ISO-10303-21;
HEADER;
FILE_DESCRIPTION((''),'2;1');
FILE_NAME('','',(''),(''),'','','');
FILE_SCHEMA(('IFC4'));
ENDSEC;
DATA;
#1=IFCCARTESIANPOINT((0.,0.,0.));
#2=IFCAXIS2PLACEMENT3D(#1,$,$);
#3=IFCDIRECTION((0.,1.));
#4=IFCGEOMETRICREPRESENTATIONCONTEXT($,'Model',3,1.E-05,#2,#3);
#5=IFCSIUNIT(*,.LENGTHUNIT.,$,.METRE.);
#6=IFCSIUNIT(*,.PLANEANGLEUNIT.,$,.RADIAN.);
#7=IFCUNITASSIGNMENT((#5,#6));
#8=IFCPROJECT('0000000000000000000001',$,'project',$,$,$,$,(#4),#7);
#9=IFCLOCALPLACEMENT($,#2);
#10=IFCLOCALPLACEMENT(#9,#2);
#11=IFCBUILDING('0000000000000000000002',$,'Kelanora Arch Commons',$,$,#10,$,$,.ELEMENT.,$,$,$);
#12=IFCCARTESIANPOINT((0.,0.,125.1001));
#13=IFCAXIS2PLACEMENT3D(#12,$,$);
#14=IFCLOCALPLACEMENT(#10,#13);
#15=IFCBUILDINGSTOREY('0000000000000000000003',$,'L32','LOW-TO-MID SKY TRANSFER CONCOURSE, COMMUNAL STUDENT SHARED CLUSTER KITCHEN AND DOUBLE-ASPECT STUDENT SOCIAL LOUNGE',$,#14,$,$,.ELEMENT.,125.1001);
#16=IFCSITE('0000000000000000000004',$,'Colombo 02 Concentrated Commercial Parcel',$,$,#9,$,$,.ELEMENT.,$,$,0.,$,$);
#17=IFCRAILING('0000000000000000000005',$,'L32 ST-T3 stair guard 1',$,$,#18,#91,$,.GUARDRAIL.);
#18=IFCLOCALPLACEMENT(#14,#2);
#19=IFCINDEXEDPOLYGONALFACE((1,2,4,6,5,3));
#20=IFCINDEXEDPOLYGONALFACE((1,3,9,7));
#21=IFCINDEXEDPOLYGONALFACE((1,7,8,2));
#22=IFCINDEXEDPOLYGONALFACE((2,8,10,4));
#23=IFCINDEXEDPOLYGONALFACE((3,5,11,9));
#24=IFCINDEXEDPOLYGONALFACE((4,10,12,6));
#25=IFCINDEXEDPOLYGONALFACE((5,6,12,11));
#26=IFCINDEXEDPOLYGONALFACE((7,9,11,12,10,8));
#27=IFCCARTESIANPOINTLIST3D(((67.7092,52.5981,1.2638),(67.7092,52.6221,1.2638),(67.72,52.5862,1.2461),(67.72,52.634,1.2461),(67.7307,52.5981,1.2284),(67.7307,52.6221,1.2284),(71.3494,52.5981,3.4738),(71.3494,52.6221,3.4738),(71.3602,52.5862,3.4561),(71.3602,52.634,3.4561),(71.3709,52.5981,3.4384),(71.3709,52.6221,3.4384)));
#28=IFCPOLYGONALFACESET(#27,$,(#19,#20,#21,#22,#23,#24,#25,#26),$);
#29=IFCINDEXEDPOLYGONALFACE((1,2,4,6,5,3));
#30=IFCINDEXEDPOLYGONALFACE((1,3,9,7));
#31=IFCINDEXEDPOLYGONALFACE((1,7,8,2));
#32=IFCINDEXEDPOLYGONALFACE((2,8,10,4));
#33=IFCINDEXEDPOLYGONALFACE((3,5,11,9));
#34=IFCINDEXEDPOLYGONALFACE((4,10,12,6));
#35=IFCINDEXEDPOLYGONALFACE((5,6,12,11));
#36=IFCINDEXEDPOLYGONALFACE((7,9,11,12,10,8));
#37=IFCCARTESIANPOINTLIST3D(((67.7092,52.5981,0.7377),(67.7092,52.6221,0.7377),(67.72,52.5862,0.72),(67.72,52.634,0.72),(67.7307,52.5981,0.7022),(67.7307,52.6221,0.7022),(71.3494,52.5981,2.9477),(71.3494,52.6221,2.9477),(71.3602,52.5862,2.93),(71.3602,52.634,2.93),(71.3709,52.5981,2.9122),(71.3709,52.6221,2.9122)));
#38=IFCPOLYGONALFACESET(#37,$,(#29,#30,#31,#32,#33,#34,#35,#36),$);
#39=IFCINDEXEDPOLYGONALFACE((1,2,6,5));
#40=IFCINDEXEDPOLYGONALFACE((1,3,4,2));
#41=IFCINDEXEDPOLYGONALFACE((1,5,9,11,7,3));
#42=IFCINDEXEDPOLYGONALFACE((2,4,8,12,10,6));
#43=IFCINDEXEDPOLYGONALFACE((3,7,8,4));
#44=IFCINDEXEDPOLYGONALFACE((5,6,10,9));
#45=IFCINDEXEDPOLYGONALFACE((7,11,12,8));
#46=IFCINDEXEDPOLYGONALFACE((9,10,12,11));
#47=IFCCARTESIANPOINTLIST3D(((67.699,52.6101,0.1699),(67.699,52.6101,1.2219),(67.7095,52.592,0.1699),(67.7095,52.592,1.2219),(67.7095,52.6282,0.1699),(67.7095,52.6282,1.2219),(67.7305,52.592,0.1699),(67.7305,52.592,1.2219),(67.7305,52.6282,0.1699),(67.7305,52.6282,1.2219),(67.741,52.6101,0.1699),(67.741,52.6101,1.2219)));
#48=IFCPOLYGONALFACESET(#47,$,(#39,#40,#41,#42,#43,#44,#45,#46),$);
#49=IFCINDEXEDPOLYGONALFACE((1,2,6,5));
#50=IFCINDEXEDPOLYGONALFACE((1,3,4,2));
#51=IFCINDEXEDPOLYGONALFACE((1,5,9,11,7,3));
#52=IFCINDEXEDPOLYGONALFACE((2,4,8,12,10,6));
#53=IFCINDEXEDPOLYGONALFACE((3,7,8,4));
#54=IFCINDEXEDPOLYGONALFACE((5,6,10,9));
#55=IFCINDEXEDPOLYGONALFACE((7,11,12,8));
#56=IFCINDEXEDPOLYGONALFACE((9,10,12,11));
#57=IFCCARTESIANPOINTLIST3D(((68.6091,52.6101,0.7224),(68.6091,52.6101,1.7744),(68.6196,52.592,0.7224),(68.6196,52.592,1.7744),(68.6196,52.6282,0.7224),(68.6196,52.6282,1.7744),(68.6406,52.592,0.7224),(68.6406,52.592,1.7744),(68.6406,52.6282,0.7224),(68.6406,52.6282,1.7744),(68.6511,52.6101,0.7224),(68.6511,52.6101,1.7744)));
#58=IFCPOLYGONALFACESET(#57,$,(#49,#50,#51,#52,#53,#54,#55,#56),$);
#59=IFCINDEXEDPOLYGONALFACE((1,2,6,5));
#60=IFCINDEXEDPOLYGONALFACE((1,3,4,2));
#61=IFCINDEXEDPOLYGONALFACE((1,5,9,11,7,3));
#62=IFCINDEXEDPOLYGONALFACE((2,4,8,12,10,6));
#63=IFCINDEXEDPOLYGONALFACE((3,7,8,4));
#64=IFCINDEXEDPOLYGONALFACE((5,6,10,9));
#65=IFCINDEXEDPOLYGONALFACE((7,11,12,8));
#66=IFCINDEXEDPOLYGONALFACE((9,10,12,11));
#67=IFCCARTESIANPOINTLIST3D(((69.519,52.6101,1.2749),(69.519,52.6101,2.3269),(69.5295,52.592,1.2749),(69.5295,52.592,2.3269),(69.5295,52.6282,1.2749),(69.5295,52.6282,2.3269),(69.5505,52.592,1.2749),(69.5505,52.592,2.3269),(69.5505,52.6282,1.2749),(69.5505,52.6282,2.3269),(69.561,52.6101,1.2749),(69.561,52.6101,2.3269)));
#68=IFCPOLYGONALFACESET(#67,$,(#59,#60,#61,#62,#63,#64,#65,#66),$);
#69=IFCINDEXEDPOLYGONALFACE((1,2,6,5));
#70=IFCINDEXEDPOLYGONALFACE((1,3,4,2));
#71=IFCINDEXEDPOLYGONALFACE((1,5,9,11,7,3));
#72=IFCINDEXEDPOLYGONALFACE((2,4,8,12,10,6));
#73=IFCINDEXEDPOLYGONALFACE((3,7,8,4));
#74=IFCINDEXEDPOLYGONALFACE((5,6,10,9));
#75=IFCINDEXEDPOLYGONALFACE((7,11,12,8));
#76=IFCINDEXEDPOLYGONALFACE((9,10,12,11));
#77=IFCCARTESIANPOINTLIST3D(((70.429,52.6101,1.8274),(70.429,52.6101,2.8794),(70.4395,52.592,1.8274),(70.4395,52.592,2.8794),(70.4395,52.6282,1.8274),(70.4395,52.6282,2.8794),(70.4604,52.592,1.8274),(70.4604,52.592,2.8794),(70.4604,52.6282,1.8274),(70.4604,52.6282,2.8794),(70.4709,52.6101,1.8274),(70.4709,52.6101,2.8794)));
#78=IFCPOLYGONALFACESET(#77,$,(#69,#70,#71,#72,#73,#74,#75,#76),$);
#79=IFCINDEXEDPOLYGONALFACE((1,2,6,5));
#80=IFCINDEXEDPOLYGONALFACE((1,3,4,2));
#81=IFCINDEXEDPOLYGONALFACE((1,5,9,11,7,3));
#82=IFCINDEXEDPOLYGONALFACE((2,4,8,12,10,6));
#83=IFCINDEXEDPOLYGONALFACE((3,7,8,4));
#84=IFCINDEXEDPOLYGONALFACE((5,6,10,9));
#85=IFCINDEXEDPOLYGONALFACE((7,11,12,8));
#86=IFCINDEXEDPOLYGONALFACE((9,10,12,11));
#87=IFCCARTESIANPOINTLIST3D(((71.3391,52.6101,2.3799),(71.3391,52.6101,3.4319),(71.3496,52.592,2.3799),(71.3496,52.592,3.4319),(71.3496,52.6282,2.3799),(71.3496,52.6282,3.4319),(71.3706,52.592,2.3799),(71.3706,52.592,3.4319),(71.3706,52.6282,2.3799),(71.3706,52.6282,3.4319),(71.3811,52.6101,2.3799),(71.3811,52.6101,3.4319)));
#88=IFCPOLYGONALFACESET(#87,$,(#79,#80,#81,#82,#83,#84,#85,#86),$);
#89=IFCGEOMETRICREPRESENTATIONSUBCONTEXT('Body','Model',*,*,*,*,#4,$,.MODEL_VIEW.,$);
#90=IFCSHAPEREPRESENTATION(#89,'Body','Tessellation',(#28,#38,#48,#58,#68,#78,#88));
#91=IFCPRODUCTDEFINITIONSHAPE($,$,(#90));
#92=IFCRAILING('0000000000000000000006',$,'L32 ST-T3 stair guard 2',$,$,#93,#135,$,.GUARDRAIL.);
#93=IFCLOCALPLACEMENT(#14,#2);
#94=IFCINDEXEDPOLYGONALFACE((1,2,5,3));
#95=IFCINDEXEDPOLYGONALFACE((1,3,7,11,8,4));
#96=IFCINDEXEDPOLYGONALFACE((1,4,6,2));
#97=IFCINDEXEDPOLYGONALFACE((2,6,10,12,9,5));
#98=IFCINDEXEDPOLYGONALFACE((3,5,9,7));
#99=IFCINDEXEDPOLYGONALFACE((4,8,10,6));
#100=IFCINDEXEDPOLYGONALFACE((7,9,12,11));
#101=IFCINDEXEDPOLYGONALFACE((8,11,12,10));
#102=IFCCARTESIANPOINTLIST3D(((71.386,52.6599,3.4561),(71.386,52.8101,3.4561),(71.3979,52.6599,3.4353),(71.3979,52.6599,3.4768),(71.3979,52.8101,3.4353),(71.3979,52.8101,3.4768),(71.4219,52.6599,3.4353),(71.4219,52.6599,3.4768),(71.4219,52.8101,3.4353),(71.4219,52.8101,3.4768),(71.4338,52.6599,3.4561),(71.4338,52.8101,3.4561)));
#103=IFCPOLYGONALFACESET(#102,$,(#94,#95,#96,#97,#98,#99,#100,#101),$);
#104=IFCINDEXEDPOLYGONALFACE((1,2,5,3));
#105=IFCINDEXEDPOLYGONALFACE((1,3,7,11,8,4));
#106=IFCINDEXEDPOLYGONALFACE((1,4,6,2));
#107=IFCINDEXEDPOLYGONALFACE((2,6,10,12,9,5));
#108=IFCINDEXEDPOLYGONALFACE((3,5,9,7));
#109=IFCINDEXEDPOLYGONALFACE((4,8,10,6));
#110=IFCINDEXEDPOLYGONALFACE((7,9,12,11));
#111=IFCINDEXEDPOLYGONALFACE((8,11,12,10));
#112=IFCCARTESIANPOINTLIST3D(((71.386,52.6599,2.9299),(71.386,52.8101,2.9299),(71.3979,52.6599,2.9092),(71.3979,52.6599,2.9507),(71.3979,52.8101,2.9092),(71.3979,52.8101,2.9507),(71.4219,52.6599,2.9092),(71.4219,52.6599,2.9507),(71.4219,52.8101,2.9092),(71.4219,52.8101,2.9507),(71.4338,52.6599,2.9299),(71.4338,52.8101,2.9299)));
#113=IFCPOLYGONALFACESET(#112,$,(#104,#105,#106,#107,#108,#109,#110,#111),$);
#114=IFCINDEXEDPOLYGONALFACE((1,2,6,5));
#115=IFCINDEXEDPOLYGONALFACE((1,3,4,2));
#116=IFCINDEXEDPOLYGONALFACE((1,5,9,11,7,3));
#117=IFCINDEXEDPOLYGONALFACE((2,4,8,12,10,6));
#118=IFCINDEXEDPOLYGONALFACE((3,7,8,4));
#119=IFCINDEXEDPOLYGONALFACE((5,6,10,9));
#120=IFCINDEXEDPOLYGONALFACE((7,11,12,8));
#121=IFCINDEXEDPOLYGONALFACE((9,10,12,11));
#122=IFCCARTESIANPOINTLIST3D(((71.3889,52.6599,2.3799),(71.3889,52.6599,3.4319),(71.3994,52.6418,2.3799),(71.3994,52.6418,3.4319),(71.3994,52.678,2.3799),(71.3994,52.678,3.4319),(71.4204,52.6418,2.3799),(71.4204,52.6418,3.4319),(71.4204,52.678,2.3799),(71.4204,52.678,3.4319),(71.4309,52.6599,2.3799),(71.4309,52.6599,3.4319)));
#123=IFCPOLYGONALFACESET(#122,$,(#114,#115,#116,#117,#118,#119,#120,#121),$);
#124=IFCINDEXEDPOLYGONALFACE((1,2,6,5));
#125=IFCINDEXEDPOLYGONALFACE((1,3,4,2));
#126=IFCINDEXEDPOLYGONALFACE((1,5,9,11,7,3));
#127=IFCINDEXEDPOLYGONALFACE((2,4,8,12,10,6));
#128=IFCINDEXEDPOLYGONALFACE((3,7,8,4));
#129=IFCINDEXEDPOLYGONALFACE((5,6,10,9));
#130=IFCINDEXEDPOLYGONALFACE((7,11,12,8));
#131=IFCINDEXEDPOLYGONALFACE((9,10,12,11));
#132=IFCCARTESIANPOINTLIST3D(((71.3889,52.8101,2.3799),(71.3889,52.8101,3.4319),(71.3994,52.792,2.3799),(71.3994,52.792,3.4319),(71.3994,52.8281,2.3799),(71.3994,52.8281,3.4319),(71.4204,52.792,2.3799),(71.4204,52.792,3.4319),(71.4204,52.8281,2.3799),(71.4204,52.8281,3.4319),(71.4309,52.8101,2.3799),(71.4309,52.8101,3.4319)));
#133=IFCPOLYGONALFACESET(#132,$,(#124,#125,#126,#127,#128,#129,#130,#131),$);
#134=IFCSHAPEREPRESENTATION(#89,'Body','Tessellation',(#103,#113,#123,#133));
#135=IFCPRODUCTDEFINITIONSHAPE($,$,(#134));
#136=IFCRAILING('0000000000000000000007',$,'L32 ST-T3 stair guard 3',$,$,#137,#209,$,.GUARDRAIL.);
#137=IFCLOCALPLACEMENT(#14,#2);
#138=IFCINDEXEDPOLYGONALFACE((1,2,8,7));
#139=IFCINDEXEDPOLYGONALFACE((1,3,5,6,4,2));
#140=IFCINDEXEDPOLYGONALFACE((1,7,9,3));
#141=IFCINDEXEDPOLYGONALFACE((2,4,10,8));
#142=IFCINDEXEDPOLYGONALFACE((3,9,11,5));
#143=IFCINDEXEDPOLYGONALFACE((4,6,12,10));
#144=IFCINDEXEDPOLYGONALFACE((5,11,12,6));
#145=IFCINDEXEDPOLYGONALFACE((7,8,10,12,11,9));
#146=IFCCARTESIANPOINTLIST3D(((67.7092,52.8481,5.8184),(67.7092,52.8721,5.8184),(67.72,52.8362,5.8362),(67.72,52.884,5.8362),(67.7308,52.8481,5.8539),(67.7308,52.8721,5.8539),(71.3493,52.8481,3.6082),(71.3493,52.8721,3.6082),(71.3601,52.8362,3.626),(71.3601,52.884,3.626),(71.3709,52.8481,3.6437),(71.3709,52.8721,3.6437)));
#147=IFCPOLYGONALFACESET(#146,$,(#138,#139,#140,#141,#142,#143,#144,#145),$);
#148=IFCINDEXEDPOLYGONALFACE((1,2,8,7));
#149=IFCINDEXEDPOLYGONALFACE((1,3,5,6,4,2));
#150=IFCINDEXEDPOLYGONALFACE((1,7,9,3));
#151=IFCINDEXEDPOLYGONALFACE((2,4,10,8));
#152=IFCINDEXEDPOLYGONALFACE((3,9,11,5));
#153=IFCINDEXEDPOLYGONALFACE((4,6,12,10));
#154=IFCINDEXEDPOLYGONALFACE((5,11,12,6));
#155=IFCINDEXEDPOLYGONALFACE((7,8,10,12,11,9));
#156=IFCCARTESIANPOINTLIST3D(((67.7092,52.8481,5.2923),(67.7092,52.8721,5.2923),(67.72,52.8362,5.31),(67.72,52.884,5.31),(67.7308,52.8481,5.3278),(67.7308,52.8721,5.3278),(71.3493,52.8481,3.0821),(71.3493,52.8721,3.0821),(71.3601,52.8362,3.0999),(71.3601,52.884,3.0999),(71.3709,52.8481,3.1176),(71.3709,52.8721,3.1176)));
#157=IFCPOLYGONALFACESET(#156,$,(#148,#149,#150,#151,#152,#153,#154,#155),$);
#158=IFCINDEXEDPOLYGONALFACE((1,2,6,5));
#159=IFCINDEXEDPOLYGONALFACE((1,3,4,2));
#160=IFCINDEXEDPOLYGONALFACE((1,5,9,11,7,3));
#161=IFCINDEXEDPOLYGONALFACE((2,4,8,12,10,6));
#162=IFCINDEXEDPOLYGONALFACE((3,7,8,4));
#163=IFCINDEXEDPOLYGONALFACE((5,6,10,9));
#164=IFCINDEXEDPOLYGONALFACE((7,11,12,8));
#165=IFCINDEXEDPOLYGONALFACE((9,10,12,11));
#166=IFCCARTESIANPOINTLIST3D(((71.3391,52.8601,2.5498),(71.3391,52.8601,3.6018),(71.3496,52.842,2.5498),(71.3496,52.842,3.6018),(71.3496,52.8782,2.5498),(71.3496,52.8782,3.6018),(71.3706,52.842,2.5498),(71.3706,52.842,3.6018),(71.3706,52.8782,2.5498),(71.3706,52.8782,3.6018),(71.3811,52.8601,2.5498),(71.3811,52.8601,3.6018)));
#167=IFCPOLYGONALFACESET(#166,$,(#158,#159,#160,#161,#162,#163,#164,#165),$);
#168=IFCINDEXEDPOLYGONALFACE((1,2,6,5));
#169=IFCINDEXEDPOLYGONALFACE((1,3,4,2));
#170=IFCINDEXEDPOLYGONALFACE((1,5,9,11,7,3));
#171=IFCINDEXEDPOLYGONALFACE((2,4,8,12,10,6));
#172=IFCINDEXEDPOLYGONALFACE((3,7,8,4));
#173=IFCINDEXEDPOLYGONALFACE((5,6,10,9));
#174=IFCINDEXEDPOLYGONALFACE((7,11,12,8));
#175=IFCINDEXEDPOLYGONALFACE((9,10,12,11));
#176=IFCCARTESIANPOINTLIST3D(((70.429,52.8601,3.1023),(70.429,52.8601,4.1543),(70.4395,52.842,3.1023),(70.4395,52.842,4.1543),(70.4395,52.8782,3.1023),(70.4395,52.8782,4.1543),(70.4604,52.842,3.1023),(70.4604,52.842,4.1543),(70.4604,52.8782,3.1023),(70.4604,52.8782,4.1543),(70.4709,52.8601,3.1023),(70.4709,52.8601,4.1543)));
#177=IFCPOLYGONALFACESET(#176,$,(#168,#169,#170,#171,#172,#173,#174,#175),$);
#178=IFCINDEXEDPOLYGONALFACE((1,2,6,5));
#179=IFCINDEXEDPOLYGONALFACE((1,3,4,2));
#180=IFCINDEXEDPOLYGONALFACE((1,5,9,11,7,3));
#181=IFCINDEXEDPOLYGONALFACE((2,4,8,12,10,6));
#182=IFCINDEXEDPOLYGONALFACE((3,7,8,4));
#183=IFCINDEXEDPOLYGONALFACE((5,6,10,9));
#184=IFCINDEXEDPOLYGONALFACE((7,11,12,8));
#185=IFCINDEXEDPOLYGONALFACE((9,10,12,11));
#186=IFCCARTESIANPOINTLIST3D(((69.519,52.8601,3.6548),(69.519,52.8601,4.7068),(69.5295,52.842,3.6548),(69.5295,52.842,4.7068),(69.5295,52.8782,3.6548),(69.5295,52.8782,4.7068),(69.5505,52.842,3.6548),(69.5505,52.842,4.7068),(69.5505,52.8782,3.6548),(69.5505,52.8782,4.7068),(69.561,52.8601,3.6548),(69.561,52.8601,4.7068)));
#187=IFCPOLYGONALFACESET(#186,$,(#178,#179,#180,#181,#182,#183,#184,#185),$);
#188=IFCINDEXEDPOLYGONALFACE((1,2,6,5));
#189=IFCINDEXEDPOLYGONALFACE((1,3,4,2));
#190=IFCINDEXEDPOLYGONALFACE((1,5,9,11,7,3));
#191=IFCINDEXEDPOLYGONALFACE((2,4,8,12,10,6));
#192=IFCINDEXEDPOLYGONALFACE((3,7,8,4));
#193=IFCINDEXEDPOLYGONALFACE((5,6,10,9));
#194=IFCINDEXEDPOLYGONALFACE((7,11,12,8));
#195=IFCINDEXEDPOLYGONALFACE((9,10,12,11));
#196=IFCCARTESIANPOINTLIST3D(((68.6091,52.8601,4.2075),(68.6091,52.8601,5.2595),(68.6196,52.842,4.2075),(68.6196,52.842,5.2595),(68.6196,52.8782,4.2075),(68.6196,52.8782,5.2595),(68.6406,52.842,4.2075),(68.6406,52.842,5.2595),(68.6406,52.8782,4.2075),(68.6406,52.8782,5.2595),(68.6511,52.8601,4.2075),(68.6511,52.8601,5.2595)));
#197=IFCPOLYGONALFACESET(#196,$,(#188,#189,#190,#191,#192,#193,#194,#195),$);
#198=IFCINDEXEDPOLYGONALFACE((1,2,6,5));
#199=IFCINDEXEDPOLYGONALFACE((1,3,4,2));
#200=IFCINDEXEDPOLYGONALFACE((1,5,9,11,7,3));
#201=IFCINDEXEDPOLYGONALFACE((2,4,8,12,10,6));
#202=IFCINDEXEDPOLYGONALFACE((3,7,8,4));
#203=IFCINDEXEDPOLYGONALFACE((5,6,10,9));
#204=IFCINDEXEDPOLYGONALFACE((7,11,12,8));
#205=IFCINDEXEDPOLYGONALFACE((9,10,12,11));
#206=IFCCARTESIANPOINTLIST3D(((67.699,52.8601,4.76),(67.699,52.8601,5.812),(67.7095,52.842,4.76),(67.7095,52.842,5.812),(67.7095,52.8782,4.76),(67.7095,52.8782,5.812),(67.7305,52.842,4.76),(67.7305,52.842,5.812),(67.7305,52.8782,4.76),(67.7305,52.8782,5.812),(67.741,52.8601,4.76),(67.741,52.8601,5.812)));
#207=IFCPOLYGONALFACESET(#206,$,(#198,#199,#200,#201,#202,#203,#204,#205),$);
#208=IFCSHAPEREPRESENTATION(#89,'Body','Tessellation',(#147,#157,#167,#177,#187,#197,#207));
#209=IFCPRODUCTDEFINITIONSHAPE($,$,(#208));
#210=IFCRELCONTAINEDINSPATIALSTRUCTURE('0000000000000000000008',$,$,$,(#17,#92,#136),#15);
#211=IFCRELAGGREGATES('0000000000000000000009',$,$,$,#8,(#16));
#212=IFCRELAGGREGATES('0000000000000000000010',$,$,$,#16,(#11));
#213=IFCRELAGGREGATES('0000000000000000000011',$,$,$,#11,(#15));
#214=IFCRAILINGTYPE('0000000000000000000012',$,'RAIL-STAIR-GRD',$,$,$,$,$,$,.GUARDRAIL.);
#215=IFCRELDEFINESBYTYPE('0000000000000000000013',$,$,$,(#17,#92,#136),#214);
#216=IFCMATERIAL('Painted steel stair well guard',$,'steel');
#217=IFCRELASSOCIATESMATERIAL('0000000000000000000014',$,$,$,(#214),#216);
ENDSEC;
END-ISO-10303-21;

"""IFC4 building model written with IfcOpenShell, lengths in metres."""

from ifc_helpers import new_model, si_unit, direction, frame, origin, place, context, subcontext, project, spatial, polyline, outline, extrude, material, type_object, element, save


model = new_model("IFC4")

# Units and contexts
model_context = context("Model", 3, precision=1e-05, world=origin(), true_north=direction((0.0, 1.0)))
body_context = subcontext(model_context, "Body", "Model", "MODEL_VIEW")
ifc_project = project(units=[si_unit("LENGTHUNIT", "METRE"), si_unit("PLANEANGLEUNIT", "RADIAN")], contexts=[model_context])

# Site, building, storey
site_placement = place(None, origin())
site = spatial("IfcSite", under=ifc_project, at=site_placement, Name="Colombo 02 Concentrated Commercial Parcel", CompositionType="ELEMENT", RefElevation=0.0)
building_placement = place(site_placement, origin())
building = spatial("IfcBuilding", under=site, at=building_placement, Name="Kelanora Arch Commons", CompositionType="ELEMENT")
storey_placement = place(building_placement, frame((0.0, 0.0, 125.1001)))
storey = spatial("IfcBuildingStorey", under=building, at=storey_placement, Name="L32", Description="LOW-TO-MID SKY TRANSFER CONCOURSE, COMMUNAL STUDENT SHARED CLUSTER KITCHEN AND DOUBLE-ASPECT STUDENT SOCIAL LOUNGE", CompositionType="ELEMENT", Elevation=125.1001)

# Railings
ifc_material_1 = material(Name="Painted steel stair well guard", Category="steel")
railing_type_1 = type_object("IfcRailingType", Name="RAIL-STAIR-GRD", PredefinedType="GUARDRAIL", material=ifc_material_1)
railing_1_placement = place(storey_placement, frame((67.72, 52.6101, 0.1699)))
element("IfcRailing", 1, at=railing_1_placement, inside=storey, type_object=railing_type_1, Name="L32 ST-T3 stair guard 1", PredefinedType="GUARDRAIL", context=body_context, shape_type="SweptSolid", body=[
    extrude(outline(polyline([(0.0239, 0.0), (0.012, 0.0208), (-0.012, 0.0208), (-0.0239, 0.0), (-0.012, -0.0208), (0.012, -0.0208), (0.0239, 0.0)])), frame((0.0, 0.0, 1.0762), z_axis=(0.8548, 0.0, 0.518957), x_axis=(0.0, 1.0, 0.0)), (0.0, 0.0, 1.0), 4.2585),
    extrude(outline(polyline([(0.0239, 0.0), (0.012, 0.0208), (-0.012, 0.0208), (-0.0239, 0.0), (-0.012, -0.0208), (0.012, -0.0208), (0.0239, 0.0)])), frame((0.0, 0.0, 0.55), z_axis=(0.8548, 0.0, 0.518957), x_axis=(0.0, 1.0, 0.0)), (0.0, 0.0, 1.0), 4.2585),
    extrude(outline(polyline([(0.021, 0.0), (0.0105, 0.0181), (-0.0105, 0.0181), (-0.021, 0.0), (-0.0105, -0.0181), (0.0105, -0.0181), (0.021, 0.0)])), origin(), (0.0, 0.0, 1.0), 1.052),
    extrude(outline(polyline([(0.021, 0.0), (0.0105, 0.0181), (-0.0105, 0.0181), (-0.021, 0.0), (-0.0105, -0.0181), (0.0105, -0.0181), (0.021, 0.0)])), frame((0.9102, 0.0, 0.5525)), (0.0, 0.0, 1.0), 1.052),
    extrude(outline(polyline([(0.021, 0.0), (0.0105, 0.0181), (-0.0105, 0.0181), (-0.021, 0.0), (-0.0105, -0.0181), (0.0105, -0.0181), (0.021, 0.0)])), frame((1.8201, 0.0, 1.105)), (0.0, 0.0, 1.0), 1.052),
    extrude(outline(polyline([(0.021, 0.0), (0.0105, 0.0181), (-0.0105, 0.0181), (-0.021, 0.0), (-0.0105, -0.0181), (0.0105, -0.0181), (0.021, 0.0)])), frame((2.73, 0.0, 1.6575)), (0.0, 0.0, 1.0), 1.052),
    extrude(outline(polyline([(0.021, 0.0), (0.0105, 0.0181), (-0.0105, 0.0181), (-0.021, 0.0), (-0.0105, -0.0181), (0.0105, -0.0181), (0.021, 0.0)])), frame((3.6401, 0.0, 2.21)), (0.0, 0.0, 1.0), 1.052),
])
railing_2_placement = place(storey_placement, frame((71.4099, 52.6599, 2.3799)))
element("IfcRailing", 2, at=railing_2_placement, inside=storey, type_object=railing_type_1, Name="L32 ST-T3 stair guard 2", PredefinedType="GUARDRAIL", context=body_context, shape_type="SweptSolid", body=[
    extrude(outline(polyline([(0.0239, 0.0), (0.012, 0.0208), (-0.012, 0.0208), (-0.0239, 0.0), (-0.012, -0.0208), (0.012, -0.0208), (0.0239, 0.0)])), frame((0.0, 0.0, 1.0762), z_axis=(0.0, 1.0, 0.0), x_axis=(-1.0, 0.0, 0.0)), (0.0, 0.0, 1.0), 0.1501),
    extrude(outline(polyline([(0.0239, 0.0), (0.012, 0.0208), (-0.012, 0.0208), (-0.0239, 0.0), (-0.012, -0.0208), (0.012, -0.0208), (0.0239, 0.0)])), frame((0.0, 0.0, 0.55), z_axis=(0.0, 1.0, 0.0), x_axis=(-1.0, 0.0, 0.0)), (0.0, 0.0, 1.0), 0.1501),
    extrude(outline(polyline([(0.021, 0.0), (0.0105, 0.0181), (-0.0105, 0.0181), (-0.021, 0.0), (-0.0105, -0.0181), (0.0105, -0.0181), (0.021, 0.0)])), origin(), (0.0, 0.0, 1.0), 1.052),
    extrude(outline(polyline([(0.021, 0.0), (0.0105, 0.0181), (-0.0105, 0.0181), (-0.021, 0.0), (-0.0105, -0.0181), (0.0105, -0.0181), (0.021, 0.0)])), frame((0.0, 0.1501, 0.0)), (0.0, 0.0, 1.0), 1.052),
])
railing_3_placement = place(storey_placement, frame((71.3601, 52.8601, 2.5498)))
element("IfcRailing", 3, at=railing_3_placement, inside=storey, type_object=railing_type_1, Name="L32 ST-T3 stair guard 3", PredefinedType="GUARDRAIL", context=body_context, shape_type="SweptSolid", body=[
    extrude(outline(polyline([(0.0239, 0.0), (0.012, 0.0208), (-0.012, 0.0208), (-0.0239, 0.0), (-0.012, -0.0208), (0.012, -0.0208), (0.0239, 0.0)])), frame((0.0, 0.0, 1.0762), z_axis=(-0.854775, 0.0, 0.518999), x_axis=(0.0, -1.0, 0.0)), (0.0, 0.0, 1.0), 4.2585),
    extrude(outline(polyline([(0.0239, 0.0), (0.012, 0.0208), (-0.012, 0.0208), (-0.0239, 0.0), (-0.012, -0.0208), (0.012, -0.0208), (0.0239, 0.0)])), frame((0.0, 0.0, 0.55), z_axis=(-0.854775, 0.0, 0.518999), x_axis=(0.0, -1.0, 0.0)), (0.0, 0.0, 1.0), 4.2585),
    extrude(outline(polyline([(0.021, 0.0), (0.0105, 0.0181), (-0.0105, 0.0181), (-0.021, 0.0), (-0.0105, -0.0181), (0.0105, -0.0181), (0.021, 0.0)])), origin(), (0.0, 0.0, 1.0), 1.052),
    extrude(outline(polyline([(0.021, 0.0), (0.0105, 0.0181), (-0.0105, 0.0181), (-0.021, 0.0), (-0.0105, -0.0181), (0.0105, -0.0181), (0.021, 0.0)])), frame((-0.9102, 0.0, 0.5525)), (0.0, 0.0, 1.0), 1.052),
    extrude(outline(polyline([(0.021, 0.0), (0.0105, 0.0181), (-0.0105, 0.0181), (-0.021, 0.0), (-0.0105, -0.0181), (0.0105, -0.0181), (0.021, 0.0)])), frame((-1.8201, 0.0, 1.105)), (0.0, 0.0, 1.0), 1.052),
    extrude(outline(polyline([(0.021, 0.0), (0.0105, 0.0181), (-0.0105, 0.0181), (-0.021, 0.0), (-0.0105, -0.0181), (0.0105, -0.0181), (0.021, 0.0)])), frame((-2.73, 0.0, 1.6577)), (0.0, 0.0, 1.0), 1.052),
    extrude(outline(polyline([(0.021, 0.0), (0.0105, 0.0181), (-0.0105, 0.0181), (-0.021, 0.0), (-0.0105, -0.0181), (0.0105, -0.0181), (0.021, 0.0)])), frame((-3.6401, 0.0, 2.2102)), (0.0, 0.0, 1.0), 1.052),
])

save(model, "model.ifc")
